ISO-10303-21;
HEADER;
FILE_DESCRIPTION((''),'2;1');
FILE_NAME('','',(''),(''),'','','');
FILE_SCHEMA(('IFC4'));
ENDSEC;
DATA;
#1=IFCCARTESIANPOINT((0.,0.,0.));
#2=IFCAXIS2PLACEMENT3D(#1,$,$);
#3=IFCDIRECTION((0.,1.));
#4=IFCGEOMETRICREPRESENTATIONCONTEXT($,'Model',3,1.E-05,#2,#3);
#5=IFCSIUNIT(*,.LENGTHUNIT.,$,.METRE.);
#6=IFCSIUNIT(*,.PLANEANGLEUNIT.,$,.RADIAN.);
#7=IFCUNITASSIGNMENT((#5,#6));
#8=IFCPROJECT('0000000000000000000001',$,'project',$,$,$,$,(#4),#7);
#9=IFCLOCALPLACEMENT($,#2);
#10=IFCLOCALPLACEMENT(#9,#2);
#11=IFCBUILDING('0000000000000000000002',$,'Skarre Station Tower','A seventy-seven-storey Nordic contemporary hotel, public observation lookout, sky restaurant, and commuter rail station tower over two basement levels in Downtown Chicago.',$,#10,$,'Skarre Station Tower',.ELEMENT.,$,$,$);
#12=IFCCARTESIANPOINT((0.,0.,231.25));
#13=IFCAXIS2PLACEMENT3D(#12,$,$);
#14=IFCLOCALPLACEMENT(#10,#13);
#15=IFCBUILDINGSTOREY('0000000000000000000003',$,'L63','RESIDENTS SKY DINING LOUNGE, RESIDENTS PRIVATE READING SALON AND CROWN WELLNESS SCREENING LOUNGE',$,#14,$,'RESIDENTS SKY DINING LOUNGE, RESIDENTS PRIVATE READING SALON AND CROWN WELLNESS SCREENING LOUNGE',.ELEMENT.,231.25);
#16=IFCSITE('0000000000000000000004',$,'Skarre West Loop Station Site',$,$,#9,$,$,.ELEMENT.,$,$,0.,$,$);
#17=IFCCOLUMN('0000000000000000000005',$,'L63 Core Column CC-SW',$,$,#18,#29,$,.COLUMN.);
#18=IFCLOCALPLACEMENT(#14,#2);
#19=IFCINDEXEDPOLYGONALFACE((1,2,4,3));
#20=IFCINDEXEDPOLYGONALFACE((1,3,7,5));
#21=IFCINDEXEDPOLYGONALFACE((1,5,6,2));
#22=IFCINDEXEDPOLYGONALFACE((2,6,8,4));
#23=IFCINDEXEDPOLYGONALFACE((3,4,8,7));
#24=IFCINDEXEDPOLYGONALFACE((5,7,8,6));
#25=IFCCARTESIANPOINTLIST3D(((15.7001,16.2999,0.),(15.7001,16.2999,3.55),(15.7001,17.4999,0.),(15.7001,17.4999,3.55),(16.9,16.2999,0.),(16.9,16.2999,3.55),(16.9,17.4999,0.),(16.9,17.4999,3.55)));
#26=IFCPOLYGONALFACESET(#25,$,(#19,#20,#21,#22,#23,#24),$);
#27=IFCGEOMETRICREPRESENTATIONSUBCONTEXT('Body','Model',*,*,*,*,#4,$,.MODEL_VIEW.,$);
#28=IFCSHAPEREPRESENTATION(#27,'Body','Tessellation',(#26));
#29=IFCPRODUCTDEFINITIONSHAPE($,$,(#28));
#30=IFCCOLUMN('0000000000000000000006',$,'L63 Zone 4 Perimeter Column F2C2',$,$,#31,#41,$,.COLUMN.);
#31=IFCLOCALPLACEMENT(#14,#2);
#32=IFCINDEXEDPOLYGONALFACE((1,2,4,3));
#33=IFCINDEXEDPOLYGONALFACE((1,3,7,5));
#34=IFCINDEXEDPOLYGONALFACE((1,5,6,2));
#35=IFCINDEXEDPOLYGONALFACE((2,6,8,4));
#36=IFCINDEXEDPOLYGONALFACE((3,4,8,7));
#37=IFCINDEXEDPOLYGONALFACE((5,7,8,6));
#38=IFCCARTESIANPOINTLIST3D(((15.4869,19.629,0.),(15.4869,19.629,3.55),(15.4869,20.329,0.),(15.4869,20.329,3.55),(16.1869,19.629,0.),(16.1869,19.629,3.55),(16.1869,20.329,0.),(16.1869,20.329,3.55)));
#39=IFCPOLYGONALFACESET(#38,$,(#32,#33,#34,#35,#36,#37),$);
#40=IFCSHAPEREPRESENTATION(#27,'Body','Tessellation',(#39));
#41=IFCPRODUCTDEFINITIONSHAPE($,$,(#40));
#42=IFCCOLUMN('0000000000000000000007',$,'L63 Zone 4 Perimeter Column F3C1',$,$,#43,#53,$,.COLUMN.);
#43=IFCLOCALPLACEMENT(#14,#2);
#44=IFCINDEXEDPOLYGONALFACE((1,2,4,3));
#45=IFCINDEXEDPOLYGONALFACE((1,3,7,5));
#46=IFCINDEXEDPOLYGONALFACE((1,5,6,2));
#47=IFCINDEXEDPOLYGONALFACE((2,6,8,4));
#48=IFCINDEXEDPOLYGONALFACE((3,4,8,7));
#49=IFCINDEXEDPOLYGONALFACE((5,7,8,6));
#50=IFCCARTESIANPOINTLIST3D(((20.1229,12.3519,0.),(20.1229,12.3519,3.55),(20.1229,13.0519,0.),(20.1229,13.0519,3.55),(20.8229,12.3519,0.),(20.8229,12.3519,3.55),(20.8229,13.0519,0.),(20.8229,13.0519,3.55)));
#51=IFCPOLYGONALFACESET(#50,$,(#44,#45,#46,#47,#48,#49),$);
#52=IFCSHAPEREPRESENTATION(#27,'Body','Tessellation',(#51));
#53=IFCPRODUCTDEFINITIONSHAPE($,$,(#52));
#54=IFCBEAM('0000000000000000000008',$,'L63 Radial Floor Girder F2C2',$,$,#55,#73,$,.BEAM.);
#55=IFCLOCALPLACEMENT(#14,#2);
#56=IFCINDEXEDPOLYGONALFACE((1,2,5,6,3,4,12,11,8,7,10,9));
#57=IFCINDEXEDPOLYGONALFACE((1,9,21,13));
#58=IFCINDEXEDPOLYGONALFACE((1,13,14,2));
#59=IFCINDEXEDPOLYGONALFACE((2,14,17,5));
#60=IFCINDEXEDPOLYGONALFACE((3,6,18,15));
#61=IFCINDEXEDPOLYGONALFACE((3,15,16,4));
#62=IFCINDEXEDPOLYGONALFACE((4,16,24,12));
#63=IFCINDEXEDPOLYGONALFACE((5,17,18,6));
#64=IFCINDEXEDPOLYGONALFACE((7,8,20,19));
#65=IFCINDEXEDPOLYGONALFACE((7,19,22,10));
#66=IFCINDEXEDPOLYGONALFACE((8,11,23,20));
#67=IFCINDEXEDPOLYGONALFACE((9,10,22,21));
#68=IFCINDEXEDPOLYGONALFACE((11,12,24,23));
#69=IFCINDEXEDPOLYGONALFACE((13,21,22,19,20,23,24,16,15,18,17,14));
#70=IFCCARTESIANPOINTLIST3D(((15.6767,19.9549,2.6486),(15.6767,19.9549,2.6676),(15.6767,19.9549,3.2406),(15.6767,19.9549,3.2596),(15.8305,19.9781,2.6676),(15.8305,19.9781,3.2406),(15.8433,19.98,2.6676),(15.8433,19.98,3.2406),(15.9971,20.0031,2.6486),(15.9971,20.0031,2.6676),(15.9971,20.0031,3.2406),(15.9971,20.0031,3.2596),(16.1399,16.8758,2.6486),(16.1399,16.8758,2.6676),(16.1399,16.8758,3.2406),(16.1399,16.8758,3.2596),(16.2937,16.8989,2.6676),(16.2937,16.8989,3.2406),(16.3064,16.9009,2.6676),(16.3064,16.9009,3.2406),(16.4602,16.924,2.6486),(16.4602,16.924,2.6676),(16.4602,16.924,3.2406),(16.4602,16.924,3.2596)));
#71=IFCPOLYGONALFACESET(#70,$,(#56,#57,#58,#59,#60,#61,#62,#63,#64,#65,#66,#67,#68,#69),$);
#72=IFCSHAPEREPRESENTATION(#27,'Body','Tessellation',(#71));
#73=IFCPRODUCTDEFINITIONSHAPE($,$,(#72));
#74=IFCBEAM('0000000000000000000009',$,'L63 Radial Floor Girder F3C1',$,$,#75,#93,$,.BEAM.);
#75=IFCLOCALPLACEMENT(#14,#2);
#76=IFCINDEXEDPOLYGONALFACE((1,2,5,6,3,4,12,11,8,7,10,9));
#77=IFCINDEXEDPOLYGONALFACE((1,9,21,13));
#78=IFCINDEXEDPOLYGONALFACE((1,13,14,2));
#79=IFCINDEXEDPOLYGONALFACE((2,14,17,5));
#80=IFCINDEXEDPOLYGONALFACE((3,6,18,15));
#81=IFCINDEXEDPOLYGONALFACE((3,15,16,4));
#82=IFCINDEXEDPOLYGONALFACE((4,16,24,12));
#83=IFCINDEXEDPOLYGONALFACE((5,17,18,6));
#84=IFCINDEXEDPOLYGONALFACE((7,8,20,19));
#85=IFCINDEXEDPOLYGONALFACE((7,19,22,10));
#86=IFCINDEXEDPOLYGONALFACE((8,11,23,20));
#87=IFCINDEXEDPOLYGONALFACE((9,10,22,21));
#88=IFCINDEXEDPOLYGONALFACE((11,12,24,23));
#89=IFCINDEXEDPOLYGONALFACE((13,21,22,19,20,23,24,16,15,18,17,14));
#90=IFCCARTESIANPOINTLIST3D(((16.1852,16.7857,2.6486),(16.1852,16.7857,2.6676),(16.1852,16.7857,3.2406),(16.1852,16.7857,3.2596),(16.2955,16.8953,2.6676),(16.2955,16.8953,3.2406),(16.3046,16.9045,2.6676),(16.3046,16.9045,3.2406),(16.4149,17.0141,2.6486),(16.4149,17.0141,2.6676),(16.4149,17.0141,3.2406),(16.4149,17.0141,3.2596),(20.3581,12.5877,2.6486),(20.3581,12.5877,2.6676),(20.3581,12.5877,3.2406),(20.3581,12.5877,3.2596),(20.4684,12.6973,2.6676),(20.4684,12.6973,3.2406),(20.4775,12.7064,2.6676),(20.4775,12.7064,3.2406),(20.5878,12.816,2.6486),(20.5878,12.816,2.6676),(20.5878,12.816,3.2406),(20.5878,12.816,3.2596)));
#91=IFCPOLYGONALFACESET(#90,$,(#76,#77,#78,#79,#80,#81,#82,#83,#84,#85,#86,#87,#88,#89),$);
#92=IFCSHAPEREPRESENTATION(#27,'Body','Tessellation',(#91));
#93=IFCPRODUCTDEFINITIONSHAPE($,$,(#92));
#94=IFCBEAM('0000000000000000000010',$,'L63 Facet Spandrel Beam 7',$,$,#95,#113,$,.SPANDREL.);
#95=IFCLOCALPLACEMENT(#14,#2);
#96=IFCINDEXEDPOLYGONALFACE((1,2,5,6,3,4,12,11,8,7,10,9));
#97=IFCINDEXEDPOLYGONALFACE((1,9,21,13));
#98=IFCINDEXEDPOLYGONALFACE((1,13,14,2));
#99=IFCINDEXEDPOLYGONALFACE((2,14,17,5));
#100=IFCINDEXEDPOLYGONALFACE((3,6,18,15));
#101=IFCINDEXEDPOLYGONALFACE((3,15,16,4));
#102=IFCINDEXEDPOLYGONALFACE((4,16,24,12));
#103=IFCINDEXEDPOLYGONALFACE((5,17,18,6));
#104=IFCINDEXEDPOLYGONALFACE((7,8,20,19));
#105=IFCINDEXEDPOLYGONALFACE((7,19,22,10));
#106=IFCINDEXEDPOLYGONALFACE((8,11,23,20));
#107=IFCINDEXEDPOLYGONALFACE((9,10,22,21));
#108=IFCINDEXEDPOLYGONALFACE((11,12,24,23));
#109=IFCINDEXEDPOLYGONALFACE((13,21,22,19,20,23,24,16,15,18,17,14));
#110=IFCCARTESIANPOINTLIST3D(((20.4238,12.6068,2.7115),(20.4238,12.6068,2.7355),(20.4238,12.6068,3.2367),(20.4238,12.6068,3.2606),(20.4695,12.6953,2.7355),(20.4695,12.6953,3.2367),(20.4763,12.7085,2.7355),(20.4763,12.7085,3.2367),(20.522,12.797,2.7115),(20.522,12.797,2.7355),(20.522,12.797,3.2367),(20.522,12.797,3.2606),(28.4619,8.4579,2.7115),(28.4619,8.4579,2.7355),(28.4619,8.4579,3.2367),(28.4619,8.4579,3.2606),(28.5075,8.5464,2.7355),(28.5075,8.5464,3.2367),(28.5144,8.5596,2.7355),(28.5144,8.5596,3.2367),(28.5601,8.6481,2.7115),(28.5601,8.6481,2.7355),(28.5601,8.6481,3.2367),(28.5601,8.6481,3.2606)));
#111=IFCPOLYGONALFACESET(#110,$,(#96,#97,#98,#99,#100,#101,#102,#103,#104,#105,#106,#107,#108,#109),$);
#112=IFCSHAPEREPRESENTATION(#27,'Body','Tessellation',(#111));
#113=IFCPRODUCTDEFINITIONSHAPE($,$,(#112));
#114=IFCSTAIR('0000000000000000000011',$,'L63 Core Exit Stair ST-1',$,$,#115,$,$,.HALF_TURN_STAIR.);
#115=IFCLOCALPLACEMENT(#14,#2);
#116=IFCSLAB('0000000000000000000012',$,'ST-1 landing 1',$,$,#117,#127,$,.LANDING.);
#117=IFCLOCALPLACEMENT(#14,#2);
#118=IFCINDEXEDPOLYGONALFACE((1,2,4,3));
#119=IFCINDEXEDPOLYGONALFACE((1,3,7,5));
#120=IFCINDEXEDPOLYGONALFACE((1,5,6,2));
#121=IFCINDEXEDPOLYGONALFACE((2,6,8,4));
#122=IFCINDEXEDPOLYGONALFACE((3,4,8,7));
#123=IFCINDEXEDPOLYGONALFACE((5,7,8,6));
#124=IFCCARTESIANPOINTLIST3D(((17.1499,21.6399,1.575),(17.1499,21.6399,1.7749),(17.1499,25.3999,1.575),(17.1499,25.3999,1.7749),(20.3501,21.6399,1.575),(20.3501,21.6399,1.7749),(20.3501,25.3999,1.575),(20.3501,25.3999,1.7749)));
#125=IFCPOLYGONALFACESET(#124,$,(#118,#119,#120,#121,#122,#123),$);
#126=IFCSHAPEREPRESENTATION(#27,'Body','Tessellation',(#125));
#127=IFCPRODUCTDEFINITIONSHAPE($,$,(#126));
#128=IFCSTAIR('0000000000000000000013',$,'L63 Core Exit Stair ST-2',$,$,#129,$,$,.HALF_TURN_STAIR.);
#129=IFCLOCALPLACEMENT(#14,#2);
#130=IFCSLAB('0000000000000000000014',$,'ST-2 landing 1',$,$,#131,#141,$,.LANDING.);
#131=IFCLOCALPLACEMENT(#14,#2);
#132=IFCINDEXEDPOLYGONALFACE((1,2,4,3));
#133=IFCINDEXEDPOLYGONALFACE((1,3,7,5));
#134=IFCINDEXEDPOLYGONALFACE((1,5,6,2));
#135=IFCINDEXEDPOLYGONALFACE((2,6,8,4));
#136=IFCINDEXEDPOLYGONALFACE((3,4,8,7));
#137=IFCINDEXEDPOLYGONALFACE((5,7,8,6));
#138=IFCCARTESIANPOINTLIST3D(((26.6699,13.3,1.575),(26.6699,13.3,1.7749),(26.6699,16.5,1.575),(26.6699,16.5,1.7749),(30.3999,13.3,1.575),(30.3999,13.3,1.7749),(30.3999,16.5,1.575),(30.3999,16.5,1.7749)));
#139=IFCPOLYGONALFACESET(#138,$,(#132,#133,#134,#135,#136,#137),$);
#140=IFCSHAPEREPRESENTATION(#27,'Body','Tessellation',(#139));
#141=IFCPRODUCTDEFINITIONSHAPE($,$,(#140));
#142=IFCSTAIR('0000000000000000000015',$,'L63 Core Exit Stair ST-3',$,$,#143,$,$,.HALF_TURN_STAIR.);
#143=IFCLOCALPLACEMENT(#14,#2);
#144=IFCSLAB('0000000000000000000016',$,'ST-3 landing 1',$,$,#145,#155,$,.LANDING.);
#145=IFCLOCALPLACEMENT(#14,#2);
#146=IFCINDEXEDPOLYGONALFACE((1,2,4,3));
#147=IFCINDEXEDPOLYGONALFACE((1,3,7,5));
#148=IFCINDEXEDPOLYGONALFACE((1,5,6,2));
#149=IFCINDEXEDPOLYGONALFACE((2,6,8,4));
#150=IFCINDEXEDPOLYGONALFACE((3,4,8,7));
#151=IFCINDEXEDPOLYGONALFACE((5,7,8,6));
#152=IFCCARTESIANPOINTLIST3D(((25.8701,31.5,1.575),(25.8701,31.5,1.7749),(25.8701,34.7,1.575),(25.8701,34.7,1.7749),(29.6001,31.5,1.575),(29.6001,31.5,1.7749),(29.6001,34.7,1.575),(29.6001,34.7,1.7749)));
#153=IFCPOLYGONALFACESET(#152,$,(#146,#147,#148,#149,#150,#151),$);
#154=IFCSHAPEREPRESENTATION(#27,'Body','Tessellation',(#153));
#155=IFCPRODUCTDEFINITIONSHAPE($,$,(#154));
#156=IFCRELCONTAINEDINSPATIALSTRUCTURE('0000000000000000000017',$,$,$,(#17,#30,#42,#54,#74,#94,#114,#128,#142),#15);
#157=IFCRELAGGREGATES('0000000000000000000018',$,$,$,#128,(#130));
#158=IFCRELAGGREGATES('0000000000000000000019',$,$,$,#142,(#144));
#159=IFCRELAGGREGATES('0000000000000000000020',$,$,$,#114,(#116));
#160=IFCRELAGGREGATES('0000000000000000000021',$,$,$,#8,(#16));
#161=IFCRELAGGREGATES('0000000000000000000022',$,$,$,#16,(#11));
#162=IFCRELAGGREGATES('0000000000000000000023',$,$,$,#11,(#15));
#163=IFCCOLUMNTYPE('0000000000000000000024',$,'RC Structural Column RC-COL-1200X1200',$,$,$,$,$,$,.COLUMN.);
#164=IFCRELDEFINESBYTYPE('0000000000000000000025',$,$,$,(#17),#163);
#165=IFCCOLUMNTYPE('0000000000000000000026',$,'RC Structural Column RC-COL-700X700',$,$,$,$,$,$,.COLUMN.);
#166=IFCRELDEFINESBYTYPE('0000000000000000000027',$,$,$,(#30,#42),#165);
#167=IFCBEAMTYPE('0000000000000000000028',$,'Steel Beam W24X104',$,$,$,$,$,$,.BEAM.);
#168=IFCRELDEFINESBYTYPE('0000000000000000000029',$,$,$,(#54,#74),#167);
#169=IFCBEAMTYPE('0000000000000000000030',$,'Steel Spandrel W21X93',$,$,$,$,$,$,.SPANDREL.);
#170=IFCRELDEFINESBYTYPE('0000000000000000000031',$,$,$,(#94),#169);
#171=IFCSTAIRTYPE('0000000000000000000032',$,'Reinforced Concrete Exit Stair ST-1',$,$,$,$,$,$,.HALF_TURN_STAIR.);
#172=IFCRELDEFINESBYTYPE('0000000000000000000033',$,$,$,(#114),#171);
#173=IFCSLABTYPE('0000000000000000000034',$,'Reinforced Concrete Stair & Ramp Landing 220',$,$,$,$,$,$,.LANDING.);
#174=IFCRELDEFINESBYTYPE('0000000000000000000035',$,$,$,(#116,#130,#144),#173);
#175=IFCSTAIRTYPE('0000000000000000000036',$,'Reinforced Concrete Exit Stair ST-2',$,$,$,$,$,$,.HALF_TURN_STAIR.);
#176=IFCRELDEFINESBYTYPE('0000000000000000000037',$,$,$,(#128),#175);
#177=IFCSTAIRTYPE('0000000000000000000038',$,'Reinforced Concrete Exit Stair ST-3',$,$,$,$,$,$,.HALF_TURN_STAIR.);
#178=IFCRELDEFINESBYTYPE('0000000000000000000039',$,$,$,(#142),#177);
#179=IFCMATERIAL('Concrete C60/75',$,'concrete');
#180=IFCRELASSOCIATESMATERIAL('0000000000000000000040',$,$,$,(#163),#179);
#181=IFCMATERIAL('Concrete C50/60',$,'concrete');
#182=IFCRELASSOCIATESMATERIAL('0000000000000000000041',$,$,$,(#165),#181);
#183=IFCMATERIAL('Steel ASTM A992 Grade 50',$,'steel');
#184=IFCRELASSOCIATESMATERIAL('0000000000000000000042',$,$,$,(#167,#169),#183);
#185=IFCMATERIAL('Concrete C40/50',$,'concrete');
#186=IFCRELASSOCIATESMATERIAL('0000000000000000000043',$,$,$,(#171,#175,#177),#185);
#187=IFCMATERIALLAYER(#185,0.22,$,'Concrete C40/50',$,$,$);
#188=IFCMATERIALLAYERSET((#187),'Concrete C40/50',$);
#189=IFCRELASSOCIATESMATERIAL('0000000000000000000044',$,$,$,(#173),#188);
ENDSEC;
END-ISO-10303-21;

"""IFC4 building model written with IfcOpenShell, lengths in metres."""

from ifc_helpers import new_model, si_unit, direction, frame, origin, origin_2d, place, context, subcontext, project, spatial, polyline, rectangle, i_section, outline, extrude, material, layer, layer_set, material_profile, profile_set, type_object, element, aggregate, save


model = new_model("IFC4")

# Units and contexts
model_context = context("Model", 3, precision=1e-05, world=origin(), true_north=direction((0.0, 1.0)))
body_context = subcontext(model_context, "Body", "Model", "MODEL_VIEW")
ifc_project = project(units=[si_unit("LENGTHUNIT", "METRE"), si_unit("PLANEANGLEUNIT", "RADIAN")], contexts=[model_context])

# Site, building, storey
site_placement = place(None, origin())
site = spatial("IfcSite", under=ifc_project, at=site_placement, Name="Skarre West Loop Station Site", CompositionType="ELEMENT", RefElevation=0.0)
building_placement = place(site_placement, origin())
building = spatial("IfcBuilding", under=site, at=building_placement, Name="Skarre Station Tower", Description="A seventy-seven-storey Nordic contemporary hotel, public observation lookout, sky restaurant, and commuter rail station tower over two basement levels in Downtown Chicago.", LongName="Skarre Station Tower", CompositionType="ELEMENT")
storey_placement = place(building_placement, frame((0.0, 0.0, 231.25)))
storey = spatial("IfcBuildingStorey", under=building, at=storey_placement, Name="L63", Description="RESIDENTS SKY DINING LOUNGE, RESIDENTS PRIVATE READING SALON AND CROWN WELLNESS SCREENING LOUNGE", LongName="RESIDENTS SKY DINING LOUNGE, RESIDENTS PRIVATE READING SALON AND CROWN WELLNESS SCREENING LOUNGE", CompositionType="ELEMENT", Elevation=231.25)

# Columns
ifc_material_1 = material(Name="Concrete C60/75", Category="concrete")
ifc_material_profile_1 = material_profile(ifc_material_1, rectangle(XDim=1.2, YDim=1.2, at=origin_2d()), Name="Concrete C60/75")
ifc_profile_set_1 = profile_set([ifc_material_profile_1], Name="Concrete C60/75")
column_type_1 = type_object("IfcColumnType", Name="RC Structural Column RC-COL-1200X1200", PredefinedType="COLUMN", material=ifc_profile_set_1)
column_placement = place(storey_placement, frame((16.3, 16.8999, 0.0), z_axis=(0.0, 0.0, 1.0), x_axis=(1.0, 0.0, 0.0)))
element("IfcColumn", 1, at=column_placement, inside=storey, type_object=column_type_1, Name="L63 Core Column CC-SW", PredefinedType="COLUMN", context=body_context, shape_type="SweptSolid", body=[
    extrude(rectangle(XDim=1.2, YDim=1.2, at=origin_2d()), origin(), (0.0, 0.0, 1.0), 3.55),
])
ifc_material_2 = material(Name="Concrete C50/60", Category="concrete")
ifc_material_profile_2 = material_profile(ifc_material_2, rectangle(XDim=0.7, YDim=0.7, at=origin_2d()), Name="Concrete C50/60")
ifc_profile_set_2 = profile_set([ifc_material_profile_2], Name="Concrete C50/60")
column_type_2 = type_object("IfcColumnType", Name="RC Structural Column RC-COL-700X700", PredefinedType="COLUMN", material=ifc_profile_set_2)
for number, where, z_axis, x_axis, name in (
    (2, (15.8369, 19.979, 0.0), (0.0, 0.0, 1.0), (1.0, 0.0, 0.0), "L63 Zone 4 Perimeter Column F2C2"),
    (3, (20.4729, 12.7019, 0.0), (0.0, 0.0, 1.0), (1.0, 0.0, 0.0), "L63 Zone 4 Perimeter Column F3C1"),
):
    element("IfcColumn", number, at=place(storey_placement, frame(where, z_axis=z_axis, x_axis=x_axis)), inside=storey, type_object=column_type_2, Name=name, PredefinedType="COLUMN", context=body_context, shape_type="SweptSolid", body=[
        extrude(rectangle(XDim=0.7, YDim=0.7, at=origin_2d()), origin(), (0.0, 0.0, 1.0), 3.55),
    ])

# Beams
ifc_material_3 = material(Name="Steel ASTM A992 Grade 50", Category="steel")
ifc_material_profile_3 = material_profile(ifc_material_3, i_section(OverallWidth=0.324, OverallDepth=0.6111, WebThickness=0.0129, FlangeThickness=0.019, at=origin_2d()), Name="Steel ASTM A992 Grade 50")
ifc_profile_set_3 = profile_set([ifc_material_profile_3], Name="Steel ASTM A992 Grade 50")
beam_type_1 = type_object("IfcBeamType", Name="Steel Beam W24X104", PredefinedType="BEAM", material=ifc_profile_set_3)
beam_1_placement = place(storey_placement, frame((16.3, 16.8999, 2.9541), z_axis=(-0.148739, 0.988876, 0.0), x_axis=(-0.988876, -0.148739, 0.0)))
element("IfcBeam", 4, at=beam_1_placement, inside=storey, type_object=beam_type_1, Name="L63 Radial Floor Girder F2C2", PredefinedType="BEAM", context=body_context, shape_type="SweptSolid", body=[
    extrude(i_section(OverallWidth=0.324, OverallDepth=0.6111, WebThickness=0.0129, FlangeThickness=0.019, at=origin_2d()), origin(), (0.0, 0.0, 1.0), 3.1138),
])
beam_2_placement = place(storey_placement, frame((16.3, 16.8999, 2.9541), z_axis=(0.704979, -0.709228, 0.0), x_axis=(0.709228, 0.704979, 0.0)))
element("IfcBeam", 5, at=beam_2_placement, inside=storey, type_object=beam_type_1, Name="L63 Radial Floor Girder F3C1", PredefinedType="BEAM", context=body_context, shape_type="SweptSolid", body=[
    extrude(i_section(OverallWidth=0.324, OverallDepth=0.6111, WebThickness=0.0129, FlangeThickness=0.019, at=origin_2d()), origin(), (0.0, 0.0, 1.0), 5.9192),
])
ifc_material_profile_4 = material_profile(ifc_material_3, i_section(OverallWidth=0.2141, OverallDepth=0.5491, WebThickness=0.0149, FlangeThickness=0.0239, at=origin_2d()), Name="Steel ASTM A992 Grade 50")
ifc_profile_set_4 = profile_set([ifc_material_profile_4], Name="Steel ASTM A992 Grade 50")
beam_type_2 = type_object("IfcBeamType", Name="Steel Spandrel W21X93", PredefinedType="SPANDREL", material=ifc_profile_set_4)
beam_3_placement = place(storey_placement, frame((20.4729, 12.7019, 2.9861), z_axis=(0.88861, -0.458664, 0.0), x_axis=(0.458664, 0.88861, 0.0)))
element("IfcBeam", 6, at=beam_3_placement, inside=storey, type_object=beam_type_2, Name="L63 Facet Spandrel Beam 7", PredefinedType="SPANDREL", context=body_context, shape_type="SweptSolid", body=[
    extrude(i_section(OverallWidth=0.2141, OverallDepth=0.5491, WebThickness=0.0149, FlangeThickness=0.0239, at=origin_2d()), origin(), (0.0, 0.0, 1.0), 9.0457),
])

# Stairs, slabs
ifc_material_4 = material(Name="Concrete C40/50", Category="concrete")
stair_type_1 = type_object("IfcStairType", Name="Reinforced Concrete Exit Stair ST-1", PredefinedType="HALF_TURN_STAIR", material=ifc_material_4)
stair_1_placement = place(storey_placement, origin())
stair_1 = element("IfcStair", 7, at=stair_1_placement, inside=storey, type_object=stair_type_1, Name="L63 Core Exit Stair ST-1", PredefinedType="HALF_TURN_STAIR")
ifc_layer_1 = layer(ifc_material_4, 0.22, Name="Concrete C40/50")
ifc_layer_set_1 = layer_set([ifc_layer_1], Name="Concrete C40/50")
slab_type_1 = type_object("IfcSlabType", Name="Reinforced Concrete Stair & Ramp Landing 220", PredefinedType="LANDING", material=ifc_layer_set_1)
slab_1_placement = place(storey_placement, frame((0.0, 0.0, 1.575)))
slab_1 = element("IfcSlab", 8, at=slab_1_placement, type_object=slab_type_1, Name="ST-1 landing 1", PredefinedType="LANDING", context=body_context, shape_type="SweptSolid", body=[
    extrude(outline(polyline([(20.3501, 21.6399), (20.3501, 25.3999), (17.1499, 25.3999), (17.1499, 21.6399), (20.3501, 21.6399)])), origin(), (0.0, 0.0, 1.0), 0.2),
])
stair_type_2 = type_object("IfcStairType", Name="Reinforced Concrete Exit Stair ST-2", PredefinedType="HALF_TURN_STAIR", material=ifc_material_4)
stair_2_placement = place(storey_placement, origin())
stair_2 = element("IfcStair", 9, at=stair_2_placement, inside=storey, type_object=stair_type_2, Name="L63 Core Exit Stair ST-2", PredefinedType="HALF_TURN_STAIR")
slab_2_placement = place(storey_placement, frame((0.0, 0.0, 1.575)))
slab_2 = element("IfcSlab", 10, at=slab_2_placement, type_object=slab_type_1, Name="ST-2 landing 1", PredefinedType="LANDING", context=body_context, shape_type="SweptSolid", body=[
    extrude(outline(polyline([(26.6699, 13.3), (30.3999, 13.3), (30.3999, 16.5), (26.6699, 16.5), (26.6699, 13.3)])), origin(), (0.0, 0.0, 1.0), 0.2),
])
aggregate(stair_2, [slab_2])
stair_type_3 = type_object("IfcStairType", Name="Reinforced Concrete Exit Stair ST-3", PredefinedType="HALF_TURN_STAIR", material=ifc_material_4)
stair_3_placement = place(storey_placement, origin())
stair_3 = element("IfcStair", 11, at=stair_3_placement, inside=storey, type_object=stair_type_3, Name="L63 Core Exit Stair ST-3", PredefinedType="HALF_TURN_STAIR")
slab_3_placement = place(storey_placement, frame((0.0, 0.0, 1.575)))
slab_3 = element("IfcSlab", 12, at=slab_3_placement, type_object=slab_type_1, Name="ST-3 landing 1", PredefinedType="LANDING", context=body_context, shape_type="SweptSolid", body=[
    extrude(outline(polyline([(25.8701, 31.5), (29.6001, 31.5), (29.6001, 34.7), (25.8701, 34.7), (25.8701, 31.5)])), origin(), (0.0, 0.0, 1.0), 0.2),
])
aggregate(stair_3, [slab_3])

aggregate(stair_1, [slab_1])

save(model, "model.ifc")
